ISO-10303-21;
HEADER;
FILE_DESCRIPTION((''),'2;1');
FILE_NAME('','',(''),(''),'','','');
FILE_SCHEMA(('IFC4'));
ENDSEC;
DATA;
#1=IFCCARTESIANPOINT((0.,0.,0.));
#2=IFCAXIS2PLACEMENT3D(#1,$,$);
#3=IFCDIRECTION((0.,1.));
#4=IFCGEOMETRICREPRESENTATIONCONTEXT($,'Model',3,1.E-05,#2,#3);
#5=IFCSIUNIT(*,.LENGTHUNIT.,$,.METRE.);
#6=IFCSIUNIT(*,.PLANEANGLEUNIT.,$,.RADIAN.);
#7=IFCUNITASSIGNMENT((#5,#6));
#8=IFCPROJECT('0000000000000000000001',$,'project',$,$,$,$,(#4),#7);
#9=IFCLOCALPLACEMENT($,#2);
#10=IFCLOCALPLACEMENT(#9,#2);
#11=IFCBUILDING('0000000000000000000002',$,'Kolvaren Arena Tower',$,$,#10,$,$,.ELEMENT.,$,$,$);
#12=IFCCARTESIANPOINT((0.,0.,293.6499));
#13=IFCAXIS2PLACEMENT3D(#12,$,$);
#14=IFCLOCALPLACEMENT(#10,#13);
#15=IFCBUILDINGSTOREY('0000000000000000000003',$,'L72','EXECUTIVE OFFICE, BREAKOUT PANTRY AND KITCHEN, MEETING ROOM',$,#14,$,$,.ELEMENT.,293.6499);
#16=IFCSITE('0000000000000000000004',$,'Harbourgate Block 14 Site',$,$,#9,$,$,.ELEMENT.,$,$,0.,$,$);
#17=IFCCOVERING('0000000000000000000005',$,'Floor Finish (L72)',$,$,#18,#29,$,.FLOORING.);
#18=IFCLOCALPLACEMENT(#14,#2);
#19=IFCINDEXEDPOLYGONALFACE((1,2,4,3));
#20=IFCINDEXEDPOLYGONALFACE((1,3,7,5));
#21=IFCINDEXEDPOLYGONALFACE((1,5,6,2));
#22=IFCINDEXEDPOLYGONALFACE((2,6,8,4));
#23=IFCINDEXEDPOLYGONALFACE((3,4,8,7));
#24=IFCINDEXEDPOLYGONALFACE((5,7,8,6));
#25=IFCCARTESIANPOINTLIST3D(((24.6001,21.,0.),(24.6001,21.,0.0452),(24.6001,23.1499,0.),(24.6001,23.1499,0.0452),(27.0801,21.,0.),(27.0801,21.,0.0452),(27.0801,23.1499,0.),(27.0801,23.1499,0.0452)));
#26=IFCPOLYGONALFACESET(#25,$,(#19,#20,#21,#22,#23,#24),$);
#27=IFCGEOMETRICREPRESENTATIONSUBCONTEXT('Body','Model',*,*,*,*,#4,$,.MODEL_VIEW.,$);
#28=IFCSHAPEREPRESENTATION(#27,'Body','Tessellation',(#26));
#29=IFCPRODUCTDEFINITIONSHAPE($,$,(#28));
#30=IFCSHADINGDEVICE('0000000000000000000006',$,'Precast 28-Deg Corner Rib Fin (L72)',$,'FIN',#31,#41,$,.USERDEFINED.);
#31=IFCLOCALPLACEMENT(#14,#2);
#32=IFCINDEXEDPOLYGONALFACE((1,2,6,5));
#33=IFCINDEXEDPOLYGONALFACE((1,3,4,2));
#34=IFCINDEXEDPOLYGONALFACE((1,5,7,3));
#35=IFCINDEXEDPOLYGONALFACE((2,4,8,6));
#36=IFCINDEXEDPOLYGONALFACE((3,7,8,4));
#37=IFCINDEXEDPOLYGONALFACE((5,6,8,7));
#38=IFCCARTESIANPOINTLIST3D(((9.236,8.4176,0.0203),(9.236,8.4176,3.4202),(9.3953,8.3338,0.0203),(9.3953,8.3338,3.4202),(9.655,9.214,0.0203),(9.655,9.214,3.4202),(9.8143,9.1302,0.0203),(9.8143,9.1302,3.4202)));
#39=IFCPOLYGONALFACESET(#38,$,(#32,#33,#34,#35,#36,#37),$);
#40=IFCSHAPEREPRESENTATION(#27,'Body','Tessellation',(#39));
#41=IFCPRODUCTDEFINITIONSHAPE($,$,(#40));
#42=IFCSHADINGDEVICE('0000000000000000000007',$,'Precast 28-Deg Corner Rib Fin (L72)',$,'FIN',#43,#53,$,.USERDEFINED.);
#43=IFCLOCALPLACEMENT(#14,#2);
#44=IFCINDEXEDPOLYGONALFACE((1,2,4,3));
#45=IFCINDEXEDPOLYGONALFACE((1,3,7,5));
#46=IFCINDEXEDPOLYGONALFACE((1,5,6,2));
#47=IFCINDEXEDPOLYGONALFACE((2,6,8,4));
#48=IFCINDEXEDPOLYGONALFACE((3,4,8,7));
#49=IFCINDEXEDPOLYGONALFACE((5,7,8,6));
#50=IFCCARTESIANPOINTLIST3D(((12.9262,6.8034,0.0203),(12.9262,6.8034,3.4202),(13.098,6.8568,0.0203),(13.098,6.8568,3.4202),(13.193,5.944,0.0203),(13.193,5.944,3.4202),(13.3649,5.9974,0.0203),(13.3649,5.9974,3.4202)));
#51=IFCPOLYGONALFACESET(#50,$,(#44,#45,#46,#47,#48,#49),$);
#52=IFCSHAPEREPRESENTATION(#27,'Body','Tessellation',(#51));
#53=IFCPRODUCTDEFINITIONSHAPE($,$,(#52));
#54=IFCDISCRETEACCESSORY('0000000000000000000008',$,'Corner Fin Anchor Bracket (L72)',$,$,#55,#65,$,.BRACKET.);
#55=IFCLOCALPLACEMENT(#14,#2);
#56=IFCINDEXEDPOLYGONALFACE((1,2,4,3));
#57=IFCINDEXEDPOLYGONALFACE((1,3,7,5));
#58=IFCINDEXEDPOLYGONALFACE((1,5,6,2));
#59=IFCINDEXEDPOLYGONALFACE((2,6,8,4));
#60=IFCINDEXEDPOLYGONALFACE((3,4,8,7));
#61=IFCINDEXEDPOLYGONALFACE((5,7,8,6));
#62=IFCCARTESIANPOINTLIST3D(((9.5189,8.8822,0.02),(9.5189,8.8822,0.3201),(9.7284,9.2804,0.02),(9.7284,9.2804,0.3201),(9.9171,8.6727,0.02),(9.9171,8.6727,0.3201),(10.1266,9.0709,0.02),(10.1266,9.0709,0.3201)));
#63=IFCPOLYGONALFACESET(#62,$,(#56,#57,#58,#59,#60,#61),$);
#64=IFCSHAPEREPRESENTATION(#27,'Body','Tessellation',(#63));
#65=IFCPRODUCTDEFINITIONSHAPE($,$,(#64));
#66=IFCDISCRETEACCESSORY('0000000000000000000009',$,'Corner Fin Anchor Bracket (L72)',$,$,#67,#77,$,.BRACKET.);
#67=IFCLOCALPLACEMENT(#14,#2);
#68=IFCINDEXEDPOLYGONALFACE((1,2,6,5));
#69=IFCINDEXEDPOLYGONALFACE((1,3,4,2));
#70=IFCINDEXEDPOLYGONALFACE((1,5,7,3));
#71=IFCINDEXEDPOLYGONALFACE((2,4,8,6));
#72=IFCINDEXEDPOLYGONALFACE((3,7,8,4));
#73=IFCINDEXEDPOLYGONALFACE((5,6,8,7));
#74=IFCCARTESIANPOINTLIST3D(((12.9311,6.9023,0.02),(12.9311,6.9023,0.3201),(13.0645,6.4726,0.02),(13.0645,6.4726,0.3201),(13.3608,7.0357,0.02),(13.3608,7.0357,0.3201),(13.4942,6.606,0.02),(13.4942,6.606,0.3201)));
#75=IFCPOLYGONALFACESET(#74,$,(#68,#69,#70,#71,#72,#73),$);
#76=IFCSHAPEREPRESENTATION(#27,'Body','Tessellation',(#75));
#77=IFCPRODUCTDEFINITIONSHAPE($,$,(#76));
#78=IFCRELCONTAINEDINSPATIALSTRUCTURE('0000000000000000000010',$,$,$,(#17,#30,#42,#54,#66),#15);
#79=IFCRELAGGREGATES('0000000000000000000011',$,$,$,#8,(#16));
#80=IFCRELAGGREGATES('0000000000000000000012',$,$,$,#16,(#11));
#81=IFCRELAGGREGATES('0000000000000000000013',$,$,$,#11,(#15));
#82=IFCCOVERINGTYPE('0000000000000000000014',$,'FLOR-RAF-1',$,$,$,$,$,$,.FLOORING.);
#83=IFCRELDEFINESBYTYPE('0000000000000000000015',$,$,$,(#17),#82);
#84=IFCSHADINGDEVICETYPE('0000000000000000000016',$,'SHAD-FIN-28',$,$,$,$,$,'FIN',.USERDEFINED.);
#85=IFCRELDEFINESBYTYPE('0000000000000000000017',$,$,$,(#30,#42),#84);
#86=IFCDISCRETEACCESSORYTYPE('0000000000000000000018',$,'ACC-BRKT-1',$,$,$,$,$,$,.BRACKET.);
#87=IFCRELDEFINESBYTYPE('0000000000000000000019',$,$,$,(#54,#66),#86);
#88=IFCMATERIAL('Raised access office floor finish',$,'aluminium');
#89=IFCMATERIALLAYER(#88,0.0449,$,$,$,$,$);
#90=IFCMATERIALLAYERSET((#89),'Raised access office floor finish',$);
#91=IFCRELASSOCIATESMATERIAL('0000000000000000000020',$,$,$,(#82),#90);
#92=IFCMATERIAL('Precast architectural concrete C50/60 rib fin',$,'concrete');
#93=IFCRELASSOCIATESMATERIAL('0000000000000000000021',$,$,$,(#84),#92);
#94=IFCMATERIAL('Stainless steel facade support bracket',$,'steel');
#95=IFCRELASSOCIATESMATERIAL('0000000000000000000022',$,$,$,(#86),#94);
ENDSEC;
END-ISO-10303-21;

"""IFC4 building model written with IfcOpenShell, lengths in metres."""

from ifc_helpers import new_model, si_unit, direction, frame, origin, origin_2d, place, context, subcontext, project, spatial, polyline, rectangle, outline, extrude, material, layer, layer_set, type_object, element, save


model = new_model("IFC4")

# Units and contexts
model_context = context("Model", 3, precision=1e-05, world=origin(), true_north=direction((0.0, 1.0)))
body_context = subcontext(model_context, "Body", "Model", "MODEL_VIEW")
ifc_project = project(units=[si_unit("LENGTHUNIT", "METRE"), si_unit("PLANEANGLEUNIT", "RADIAN")], contexts=[model_context])

# Site, building, storey
site_placement = place(None, origin())
site = spatial("IfcSite", under=ifc_project, at=site_placement, Name="Harbourgate Block 14 Site", CompositionType="ELEMENT", RefElevation=0.0)
building_placement = place(site_placement, origin())
building = spatial("IfcBuilding", under=site, at=building_placement, Name="Kolvaren Arena Tower", CompositionType="ELEMENT")
storey_placement = place(building_placement, frame((0.0, 0.0, 293.6499)))
storey = spatial("IfcBuildingStorey", under=building, at=storey_placement, Name="L72", Description="EXECUTIVE OFFICE, BREAKOUT PANTRY AND KITCHEN, MEETING ROOM", CompositionType="ELEMENT", Elevation=293.6499)

# Covering
ifc_material_1 = material(Name="Raised access office floor finish", Category="aluminium")
ifc_layer_1 = layer(ifc_material_1, 0.0449)
ifc_layer_set_1 = layer_set([ifc_layer_1], Name="Raised access office floor finish")
covering_type_1 = type_object("IfcCoveringType", Name="FLOR-RAF-1", PredefinedType="FLOORING", material=ifc_layer_set_1)
covering_1_placement = place(storey_placement, origin())
element("IfcCovering", 1, at=covering_1_placement, inside=storey, type_object=covering_type_1, Name="Floor Finish (L72)", PredefinedType="FLOORING", context=body_context, shape_type="SweptSolid", body=[
    extrude(outline(polyline([(24.6001, 21.0), (24.6001, 23.1499), (27.0801, 23.1499), (27.0801, 21.0), (24.6001, 21.0)])), origin(), (0.0, 0.0, 1.0), 0.0452),
])

# Shading devices
ifc_material_2 = material(Name="Precast architectural concrete C50/60 rib fin", Category="concrete")
shading_device_type = type_object("IfcShadingDeviceType", Name="SHAD-FIN-28", ElementType="FIN", PredefinedType="USERDEFINED", material=ifc_material_2)
for number, where, z_axis, x_axis, name in (
    (2, (9.5251, 8.7739, 0.0203), (0.0, 0.0, 1.0), (-0.465619, -0.884985, 0.0), "Precast 28-Deg Corner Rib Fin (L72)"),
    (3, (13.1455, 6.4004, 0.0203), (0.0, 0.0, 1.0), (0.296542, -0.95502, 0.0), "Precast 28-Deg Corner Rib Fin (L72)"),
):
    element("IfcShadingDevice", number, at=place(storey_placement, frame(where, z_axis=z_axis, x_axis=x_axis)), inside=storey, type_object=shading_device_type, Name=name, ObjectType="FIN", PredefinedType="USERDEFINED", context=body_context, shape_type="SweptSolid", body=[
        extrude(rectangle(XDim=0.8999, YDim=0.1799, at=origin_2d()), origin(), (0.0, 0.0, 1.0), 3.3999),
    ])

# Discrete accessories
ifc_material_3 = material(Name="Stainless steel facade support bracket", Category="steel")
discrete_accessory_type = type_object("IfcDiscreteAccessoryType", Name="ACC-BRKT-1", PredefinedType="BRACKET", material=ifc_material_3)
for number, where, z_axis, x_axis, name in (
    (4, (9.8228, 8.9766, 0.02), (0.0, 0.0, 1.0), (-0.465619, -0.884985, 0.0), "Corner Fin Anchor Bracket (L72)"),
    (5, (13.2126, 6.7542, 0.02), (0.0, 0.0, 1.0), (0.296542, -0.95502, 0.0), "Corner Fin Anchor Bracket (L72)"),
):
    element("IfcDiscreteAccessory", number, at=place(storey_placement, frame(where, z_axis=z_axis, x_axis=x_axis)), inside=storey, type_object=discrete_accessory_type, Name=name, PredefinedType="BRACKET", context=body_context, shape_type="SweptSolid", body=[
        extrude(rectangle(XDim=0.45, YDim=0.45, at=origin_2d()), origin(), (0.0, 0.0, 1.0), 0.3),
    ])

save(model, "model.ifc")
